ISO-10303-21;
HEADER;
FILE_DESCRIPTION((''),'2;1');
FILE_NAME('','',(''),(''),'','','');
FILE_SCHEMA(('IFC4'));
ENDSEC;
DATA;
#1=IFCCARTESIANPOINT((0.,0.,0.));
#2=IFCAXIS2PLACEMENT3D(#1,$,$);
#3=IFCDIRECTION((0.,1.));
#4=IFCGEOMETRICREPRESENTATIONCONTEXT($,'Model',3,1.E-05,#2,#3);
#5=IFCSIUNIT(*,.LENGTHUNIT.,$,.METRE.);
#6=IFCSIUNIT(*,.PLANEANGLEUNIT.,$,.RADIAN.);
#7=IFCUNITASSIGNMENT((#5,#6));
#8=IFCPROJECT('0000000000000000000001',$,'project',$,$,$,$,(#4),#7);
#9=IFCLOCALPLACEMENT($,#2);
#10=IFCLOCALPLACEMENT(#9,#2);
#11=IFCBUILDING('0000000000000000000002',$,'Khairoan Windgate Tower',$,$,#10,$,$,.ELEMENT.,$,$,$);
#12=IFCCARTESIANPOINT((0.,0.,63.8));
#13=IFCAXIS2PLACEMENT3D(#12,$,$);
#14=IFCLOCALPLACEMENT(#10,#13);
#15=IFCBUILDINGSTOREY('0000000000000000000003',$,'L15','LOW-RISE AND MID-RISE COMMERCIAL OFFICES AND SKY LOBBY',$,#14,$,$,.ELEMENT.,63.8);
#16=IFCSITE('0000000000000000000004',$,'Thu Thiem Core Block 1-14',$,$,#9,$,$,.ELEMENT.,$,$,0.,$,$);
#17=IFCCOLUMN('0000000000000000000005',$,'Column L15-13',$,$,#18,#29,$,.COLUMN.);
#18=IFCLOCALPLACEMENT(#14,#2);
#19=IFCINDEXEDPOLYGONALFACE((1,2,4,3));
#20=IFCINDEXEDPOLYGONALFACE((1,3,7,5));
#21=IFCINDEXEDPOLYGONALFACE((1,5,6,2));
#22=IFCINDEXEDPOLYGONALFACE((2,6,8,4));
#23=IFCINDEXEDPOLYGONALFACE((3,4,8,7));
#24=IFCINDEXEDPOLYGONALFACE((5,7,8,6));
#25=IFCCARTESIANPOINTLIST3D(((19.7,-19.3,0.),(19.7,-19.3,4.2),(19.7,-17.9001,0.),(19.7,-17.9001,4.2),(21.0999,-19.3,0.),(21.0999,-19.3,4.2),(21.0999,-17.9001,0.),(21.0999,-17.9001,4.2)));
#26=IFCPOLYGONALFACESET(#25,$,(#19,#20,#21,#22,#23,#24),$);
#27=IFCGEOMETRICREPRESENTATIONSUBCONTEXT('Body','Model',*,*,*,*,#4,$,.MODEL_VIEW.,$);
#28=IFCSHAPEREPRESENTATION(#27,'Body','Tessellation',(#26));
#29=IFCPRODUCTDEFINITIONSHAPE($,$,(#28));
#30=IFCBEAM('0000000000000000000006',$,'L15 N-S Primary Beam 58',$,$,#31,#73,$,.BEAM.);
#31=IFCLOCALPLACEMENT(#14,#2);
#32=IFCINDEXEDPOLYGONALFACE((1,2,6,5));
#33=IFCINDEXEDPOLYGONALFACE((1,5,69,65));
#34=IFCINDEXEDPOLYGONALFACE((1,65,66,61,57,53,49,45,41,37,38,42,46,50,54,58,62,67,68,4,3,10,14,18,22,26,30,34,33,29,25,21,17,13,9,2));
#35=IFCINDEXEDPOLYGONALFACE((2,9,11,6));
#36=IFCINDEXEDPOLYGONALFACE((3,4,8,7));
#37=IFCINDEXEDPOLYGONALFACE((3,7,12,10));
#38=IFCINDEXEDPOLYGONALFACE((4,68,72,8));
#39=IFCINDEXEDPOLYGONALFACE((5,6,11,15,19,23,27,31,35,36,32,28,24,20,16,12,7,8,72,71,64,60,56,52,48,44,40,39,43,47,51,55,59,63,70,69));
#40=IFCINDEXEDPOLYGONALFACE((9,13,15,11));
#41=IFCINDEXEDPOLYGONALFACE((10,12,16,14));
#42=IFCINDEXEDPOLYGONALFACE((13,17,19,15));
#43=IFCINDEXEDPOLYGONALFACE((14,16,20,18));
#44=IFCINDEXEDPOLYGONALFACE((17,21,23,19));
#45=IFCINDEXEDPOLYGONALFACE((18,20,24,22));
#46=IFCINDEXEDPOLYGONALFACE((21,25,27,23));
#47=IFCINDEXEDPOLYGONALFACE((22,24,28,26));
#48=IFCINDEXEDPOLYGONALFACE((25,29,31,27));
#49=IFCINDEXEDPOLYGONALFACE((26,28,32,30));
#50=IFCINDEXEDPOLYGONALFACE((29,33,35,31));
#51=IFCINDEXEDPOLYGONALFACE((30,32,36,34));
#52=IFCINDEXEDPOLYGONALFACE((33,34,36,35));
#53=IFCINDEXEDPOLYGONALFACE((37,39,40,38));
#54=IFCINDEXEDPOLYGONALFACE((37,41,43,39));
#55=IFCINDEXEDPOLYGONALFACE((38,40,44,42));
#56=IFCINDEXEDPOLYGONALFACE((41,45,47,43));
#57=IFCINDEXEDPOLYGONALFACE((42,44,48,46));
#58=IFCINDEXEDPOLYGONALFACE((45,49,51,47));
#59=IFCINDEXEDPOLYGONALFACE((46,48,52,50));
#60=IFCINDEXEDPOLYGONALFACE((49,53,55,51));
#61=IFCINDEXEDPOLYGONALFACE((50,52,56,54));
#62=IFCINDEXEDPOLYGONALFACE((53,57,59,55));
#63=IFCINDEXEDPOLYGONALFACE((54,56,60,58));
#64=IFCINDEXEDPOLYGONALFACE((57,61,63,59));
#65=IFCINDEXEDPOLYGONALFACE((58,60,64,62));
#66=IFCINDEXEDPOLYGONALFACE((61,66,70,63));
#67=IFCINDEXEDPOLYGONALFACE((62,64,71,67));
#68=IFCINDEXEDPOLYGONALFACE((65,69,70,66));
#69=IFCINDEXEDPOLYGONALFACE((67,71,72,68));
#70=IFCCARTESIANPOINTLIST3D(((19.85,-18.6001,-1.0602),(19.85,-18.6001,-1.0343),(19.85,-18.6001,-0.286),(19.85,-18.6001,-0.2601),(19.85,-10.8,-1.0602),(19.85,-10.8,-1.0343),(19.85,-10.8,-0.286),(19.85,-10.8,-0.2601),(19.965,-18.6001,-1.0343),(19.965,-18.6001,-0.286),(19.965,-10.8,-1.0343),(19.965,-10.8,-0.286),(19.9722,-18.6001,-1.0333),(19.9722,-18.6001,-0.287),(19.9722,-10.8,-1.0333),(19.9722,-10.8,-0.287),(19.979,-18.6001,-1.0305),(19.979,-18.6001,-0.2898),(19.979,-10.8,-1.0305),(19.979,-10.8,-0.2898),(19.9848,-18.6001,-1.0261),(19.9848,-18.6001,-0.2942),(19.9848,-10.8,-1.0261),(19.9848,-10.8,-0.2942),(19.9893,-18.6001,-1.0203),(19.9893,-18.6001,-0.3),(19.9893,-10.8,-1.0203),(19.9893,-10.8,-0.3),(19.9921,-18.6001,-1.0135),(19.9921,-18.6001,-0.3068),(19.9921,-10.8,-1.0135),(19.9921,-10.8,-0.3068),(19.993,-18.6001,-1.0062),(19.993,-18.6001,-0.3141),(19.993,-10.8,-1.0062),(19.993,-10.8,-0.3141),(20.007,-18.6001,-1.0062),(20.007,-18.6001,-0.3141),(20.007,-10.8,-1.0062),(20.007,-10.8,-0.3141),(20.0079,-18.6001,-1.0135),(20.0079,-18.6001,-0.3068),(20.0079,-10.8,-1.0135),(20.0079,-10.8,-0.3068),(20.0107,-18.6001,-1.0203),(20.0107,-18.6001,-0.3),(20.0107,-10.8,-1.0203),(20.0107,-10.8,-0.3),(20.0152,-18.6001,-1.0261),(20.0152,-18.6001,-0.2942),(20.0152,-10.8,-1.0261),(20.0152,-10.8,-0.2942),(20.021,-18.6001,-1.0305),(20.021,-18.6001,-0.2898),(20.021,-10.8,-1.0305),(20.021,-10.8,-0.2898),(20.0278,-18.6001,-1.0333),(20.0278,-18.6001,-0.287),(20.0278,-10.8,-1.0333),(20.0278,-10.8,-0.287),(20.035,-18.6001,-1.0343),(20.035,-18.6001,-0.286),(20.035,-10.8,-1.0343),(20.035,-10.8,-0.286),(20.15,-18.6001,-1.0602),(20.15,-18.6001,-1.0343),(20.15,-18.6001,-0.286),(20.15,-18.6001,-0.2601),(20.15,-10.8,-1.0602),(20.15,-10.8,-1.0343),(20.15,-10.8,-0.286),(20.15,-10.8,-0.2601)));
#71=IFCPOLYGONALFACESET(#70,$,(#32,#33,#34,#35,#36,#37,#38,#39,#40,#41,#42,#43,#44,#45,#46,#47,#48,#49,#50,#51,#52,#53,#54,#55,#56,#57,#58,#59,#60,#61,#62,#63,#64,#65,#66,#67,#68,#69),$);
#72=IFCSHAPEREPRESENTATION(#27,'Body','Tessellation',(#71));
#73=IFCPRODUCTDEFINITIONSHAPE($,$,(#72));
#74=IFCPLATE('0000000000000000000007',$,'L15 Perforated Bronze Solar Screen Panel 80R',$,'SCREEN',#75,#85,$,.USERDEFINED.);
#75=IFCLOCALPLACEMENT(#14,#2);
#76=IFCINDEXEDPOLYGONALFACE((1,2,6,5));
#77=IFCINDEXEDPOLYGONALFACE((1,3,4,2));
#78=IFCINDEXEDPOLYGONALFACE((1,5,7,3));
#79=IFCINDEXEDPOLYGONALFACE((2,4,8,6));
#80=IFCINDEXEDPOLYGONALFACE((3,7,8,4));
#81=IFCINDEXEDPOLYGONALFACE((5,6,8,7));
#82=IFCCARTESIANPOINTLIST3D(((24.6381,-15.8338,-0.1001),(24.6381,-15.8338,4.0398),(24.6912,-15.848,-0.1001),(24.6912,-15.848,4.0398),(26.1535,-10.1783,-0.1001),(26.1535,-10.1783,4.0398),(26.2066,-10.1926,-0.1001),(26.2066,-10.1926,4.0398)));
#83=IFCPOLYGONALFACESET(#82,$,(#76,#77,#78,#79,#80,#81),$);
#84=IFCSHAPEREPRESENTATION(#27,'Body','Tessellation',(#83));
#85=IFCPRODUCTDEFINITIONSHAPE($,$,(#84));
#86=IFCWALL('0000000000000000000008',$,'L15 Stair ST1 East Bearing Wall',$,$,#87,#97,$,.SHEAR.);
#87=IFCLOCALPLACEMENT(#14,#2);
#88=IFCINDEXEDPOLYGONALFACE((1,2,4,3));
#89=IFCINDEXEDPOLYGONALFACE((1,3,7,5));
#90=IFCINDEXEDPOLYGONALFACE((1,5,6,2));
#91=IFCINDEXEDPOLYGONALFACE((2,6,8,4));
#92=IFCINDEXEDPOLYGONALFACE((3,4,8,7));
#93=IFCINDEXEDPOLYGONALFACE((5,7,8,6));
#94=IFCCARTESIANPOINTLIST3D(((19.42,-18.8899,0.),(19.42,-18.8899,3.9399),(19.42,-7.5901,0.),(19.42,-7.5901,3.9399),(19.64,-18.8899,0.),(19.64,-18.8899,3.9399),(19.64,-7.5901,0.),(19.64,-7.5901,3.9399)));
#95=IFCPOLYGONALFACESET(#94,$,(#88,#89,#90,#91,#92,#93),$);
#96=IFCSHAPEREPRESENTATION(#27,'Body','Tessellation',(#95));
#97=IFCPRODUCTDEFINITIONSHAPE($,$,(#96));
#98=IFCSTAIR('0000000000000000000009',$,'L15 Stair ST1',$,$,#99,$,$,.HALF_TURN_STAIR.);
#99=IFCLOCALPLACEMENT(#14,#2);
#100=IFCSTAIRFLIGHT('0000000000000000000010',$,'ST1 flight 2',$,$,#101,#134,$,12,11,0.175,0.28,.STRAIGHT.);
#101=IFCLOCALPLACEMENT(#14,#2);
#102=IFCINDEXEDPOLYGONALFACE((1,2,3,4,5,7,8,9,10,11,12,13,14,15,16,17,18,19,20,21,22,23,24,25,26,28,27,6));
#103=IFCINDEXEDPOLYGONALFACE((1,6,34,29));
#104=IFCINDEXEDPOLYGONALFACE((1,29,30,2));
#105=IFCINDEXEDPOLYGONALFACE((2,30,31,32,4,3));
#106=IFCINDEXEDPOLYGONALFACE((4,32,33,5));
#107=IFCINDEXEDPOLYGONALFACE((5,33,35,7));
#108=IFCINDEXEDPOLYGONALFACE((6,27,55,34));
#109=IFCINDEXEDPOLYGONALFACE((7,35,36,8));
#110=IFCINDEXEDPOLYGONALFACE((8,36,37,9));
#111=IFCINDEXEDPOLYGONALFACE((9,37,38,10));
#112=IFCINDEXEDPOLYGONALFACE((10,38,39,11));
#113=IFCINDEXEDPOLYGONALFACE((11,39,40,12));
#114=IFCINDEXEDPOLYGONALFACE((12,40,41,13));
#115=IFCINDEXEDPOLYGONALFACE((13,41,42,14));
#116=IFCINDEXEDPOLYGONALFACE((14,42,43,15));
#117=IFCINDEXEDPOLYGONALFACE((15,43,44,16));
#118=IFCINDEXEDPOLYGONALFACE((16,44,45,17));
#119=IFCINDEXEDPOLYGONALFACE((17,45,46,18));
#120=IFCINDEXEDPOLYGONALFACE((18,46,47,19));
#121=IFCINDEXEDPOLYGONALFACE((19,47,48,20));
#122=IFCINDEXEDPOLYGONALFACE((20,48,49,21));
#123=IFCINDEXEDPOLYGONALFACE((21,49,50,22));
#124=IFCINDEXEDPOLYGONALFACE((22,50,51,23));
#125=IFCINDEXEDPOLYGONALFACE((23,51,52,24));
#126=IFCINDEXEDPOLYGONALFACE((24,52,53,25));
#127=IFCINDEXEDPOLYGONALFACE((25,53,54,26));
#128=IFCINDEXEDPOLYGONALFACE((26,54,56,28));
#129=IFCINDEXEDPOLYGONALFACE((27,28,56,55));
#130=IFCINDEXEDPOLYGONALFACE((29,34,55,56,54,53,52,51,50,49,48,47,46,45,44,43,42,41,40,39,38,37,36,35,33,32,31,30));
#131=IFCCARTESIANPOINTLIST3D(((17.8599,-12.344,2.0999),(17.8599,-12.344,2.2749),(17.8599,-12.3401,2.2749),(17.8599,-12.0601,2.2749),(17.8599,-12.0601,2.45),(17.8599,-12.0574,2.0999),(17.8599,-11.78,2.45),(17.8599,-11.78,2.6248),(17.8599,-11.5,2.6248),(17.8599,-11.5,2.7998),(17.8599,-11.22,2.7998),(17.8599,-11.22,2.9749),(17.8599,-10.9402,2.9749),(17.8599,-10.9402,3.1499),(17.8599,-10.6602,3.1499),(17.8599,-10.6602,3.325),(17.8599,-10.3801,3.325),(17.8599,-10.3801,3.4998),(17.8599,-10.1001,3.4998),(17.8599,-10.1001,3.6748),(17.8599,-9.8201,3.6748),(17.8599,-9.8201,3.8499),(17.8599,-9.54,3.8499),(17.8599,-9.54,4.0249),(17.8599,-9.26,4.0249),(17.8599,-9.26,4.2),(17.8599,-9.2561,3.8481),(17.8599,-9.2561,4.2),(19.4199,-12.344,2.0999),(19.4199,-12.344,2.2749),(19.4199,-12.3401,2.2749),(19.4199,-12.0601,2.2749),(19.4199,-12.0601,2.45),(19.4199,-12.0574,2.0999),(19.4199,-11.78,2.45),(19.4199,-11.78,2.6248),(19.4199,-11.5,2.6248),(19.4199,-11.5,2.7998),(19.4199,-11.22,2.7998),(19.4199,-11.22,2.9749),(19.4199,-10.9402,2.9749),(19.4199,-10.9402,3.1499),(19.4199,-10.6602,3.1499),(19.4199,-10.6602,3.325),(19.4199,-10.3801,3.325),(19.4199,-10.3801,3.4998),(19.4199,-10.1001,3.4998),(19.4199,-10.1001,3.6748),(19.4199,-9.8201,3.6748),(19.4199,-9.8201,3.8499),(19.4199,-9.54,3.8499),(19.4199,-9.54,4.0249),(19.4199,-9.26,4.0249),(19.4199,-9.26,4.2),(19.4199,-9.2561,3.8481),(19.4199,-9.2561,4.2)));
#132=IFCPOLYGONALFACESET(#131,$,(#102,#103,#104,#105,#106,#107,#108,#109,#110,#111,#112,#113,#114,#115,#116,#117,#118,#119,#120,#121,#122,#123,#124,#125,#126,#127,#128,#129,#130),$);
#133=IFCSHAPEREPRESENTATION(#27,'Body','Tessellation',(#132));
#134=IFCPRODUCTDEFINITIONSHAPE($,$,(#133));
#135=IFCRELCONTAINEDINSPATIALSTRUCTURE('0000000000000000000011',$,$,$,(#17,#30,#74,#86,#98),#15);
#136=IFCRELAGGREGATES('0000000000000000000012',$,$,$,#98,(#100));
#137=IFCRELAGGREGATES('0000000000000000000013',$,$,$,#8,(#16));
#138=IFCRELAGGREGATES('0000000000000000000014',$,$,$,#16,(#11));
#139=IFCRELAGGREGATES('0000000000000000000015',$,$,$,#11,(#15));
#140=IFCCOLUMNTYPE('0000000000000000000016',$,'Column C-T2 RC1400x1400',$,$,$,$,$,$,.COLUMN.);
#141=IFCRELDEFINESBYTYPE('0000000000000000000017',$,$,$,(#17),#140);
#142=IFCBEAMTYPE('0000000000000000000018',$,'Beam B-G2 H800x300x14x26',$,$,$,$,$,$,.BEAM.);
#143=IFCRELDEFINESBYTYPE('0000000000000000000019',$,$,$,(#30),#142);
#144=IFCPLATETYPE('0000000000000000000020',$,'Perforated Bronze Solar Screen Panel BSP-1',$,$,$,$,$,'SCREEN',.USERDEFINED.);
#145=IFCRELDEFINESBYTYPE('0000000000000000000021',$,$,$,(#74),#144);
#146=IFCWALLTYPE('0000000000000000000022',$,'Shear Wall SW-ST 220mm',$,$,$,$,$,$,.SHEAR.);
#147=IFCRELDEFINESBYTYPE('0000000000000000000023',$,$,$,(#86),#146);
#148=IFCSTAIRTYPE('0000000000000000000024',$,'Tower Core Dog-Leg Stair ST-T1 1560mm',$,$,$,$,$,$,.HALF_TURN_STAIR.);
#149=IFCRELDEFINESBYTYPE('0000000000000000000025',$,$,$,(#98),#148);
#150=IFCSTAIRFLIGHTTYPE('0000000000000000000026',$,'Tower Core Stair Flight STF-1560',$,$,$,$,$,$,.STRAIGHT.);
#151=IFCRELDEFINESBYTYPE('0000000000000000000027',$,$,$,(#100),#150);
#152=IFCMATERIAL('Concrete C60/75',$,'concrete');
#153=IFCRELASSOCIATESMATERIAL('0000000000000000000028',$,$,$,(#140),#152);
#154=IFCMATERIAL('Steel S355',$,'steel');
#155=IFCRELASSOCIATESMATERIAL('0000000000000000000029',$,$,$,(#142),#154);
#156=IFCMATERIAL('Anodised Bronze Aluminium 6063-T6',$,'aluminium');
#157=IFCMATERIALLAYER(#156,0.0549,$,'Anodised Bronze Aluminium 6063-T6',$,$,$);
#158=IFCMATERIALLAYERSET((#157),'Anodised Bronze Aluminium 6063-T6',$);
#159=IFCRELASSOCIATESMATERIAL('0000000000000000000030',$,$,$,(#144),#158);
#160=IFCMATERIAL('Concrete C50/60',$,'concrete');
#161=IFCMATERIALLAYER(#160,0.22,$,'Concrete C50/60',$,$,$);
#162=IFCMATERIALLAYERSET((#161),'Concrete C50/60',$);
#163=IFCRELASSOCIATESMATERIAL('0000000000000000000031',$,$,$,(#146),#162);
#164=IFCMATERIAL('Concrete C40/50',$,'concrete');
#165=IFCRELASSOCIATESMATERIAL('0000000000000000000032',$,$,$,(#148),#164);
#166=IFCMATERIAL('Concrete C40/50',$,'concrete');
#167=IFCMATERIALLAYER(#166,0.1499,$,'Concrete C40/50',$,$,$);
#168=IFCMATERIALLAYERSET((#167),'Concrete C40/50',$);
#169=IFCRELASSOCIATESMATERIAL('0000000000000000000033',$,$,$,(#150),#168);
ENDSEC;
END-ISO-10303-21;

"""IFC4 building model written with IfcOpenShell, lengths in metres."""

from ifc_helpers import new_model, si_unit, direction, frame, frame_2d, origin, origin_2d, place, context, subcontext, project, spatial, polyline, rectangle, i_section, outline, extrude, material, layer, layer_set, material_profile, profile_set, type_object, element, aggregate, save


model = new_model("IFC4")

# Units and contexts
model_context = context("Model", 3, precision=1e-05, world=origin(), true_north=direction((0.0, 1.0)))
body_context = subcontext(model_context, "Body", "Model", "MODEL_VIEW")
ifc_project = project(units=[si_unit("LENGTHUNIT", "METRE"), si_unit("PLANEANGLEUNIT", "RADIAN")], contexts=[model_context])

# Site, building, storey
site_placement = place(None, origin())
site = spatial("IfcSite", under=ifc_project, at=site_placement, Name="Thu Thiem Core Block 1-14", CompositionType="ELEMENT", RefElevation=0.0)
building_placement = place(site_placement, origin())
building = spatial("IfcBuilding", under=site, at=building_placement, Name="Khairoan Windgate Tower", CompositionType="ELEMENT")
storey_placement = place(building_placement, frame((0.0, 0.0, 63.8)))
storey = spatial("IfcBuildingStorey", under=building, at=storey_placement, Name="L15", Description="LOW-RISE AND MID-RISE COMMERCIAL OFFICES AND SKY LOBBY", CompositionType="ELEMENT", Elevation=63.8)

# Column
ifc_material_1 = material(Name="Concrete C60/75", Category="concrete")
ifc_material_profile_1 = material_profile(ifc_material_1, rectangle(XDim=1.3999, YDim=1.3999, at=origin_2d()))
ifc_profile_set_1 = profile_set([ifc_material_profile_1], Name="Concrete C60/75")
column_type = type_object("IfcColumnType", Name="Column C-T2 RC1400x1400", PredefinedType="COLUMN", material=ifc_profile_set_1)
column_placement = place(storey_placement, frame((20.3999, -18.6001, 0.0), z_axis=(0.0, 0.0, 1.0), x_axis=(1.0, 0.0, 0.0)))
element("IfcColumn", 1, at=column_placement, inside=storey, type_object=column_type, Name="Column L15-13", PredefinedType="COLUMN", context=body_context, shape_type="SweptSolid", body=[
    extrude(rectangle(XDim=1.3999, YDim=1.3999, at=origin_2d()), origin(), (0.0, 0.0, 1.0), 4.2),
])

# Beam
ifc_material_2 = material(Name="Steel S355", Category="steel")
ifc_material_profile_2 = material_profile(ifc_material_2, i_section(OverallWidth=0.3, OverallDepth=0.8, WebThickness=0.0139, FlangeThickness=0.0259, FilletRadius=0.0281, at=origin_2d()))
ifc_profile_set_2 = profile_set([ifc_material_profile_2], Name="Steel S355")
beam_type = type_object("IfcBeamType", Name="Beam B-G2 H800x300x14x26", PredefinedType="BEAM", material=ifc_profile_set_2)
beam_placement = place(storey_placement, frame((20.0, -18.6001, -0.6602), z_axis=(0.0, 1.0, 0.0), x_axis=(-1.0, 0.0, 0.0)))
element("IfcBeam", 2, at=beam_placement, inside=storey, type_object=beam_type, Name="L15 N-S Primary Beam 58", PredefinedType="BEAM", context=body_context, shape_type="SweptSolid", body=[
    extrude(i_section(OverallWidth=0.3, OverallDepth=0.8, WebThickness=0.0139, FlangeThickness=0.0259, FilletRadius=0.0281, at=origin_2d()), origin(), (0.0, 0.0, 1.0), 7.8),
])

# Plate
ifc_material_3 = material(Name="Anodised Bronze Aluminium 6063-T6", Category="aluminium")
ifc_layer_1 = layer(ifc_material_3, 0.0549, Name="Anodised Bronze Aluminium 6063-T6")
ifc_layer_set_1 = layer_set([ifc_layer_1], Name="Anodised Bronze Aluminium 6063-T6")
plate_type = type_object("IfcPlateType", Name="Perforated Bronze Solar Screen Panel BSP-1", ElementType="SCREEN", PredefinedType="USERDEFINED", material=ifc_layer_set_1)
plate_placement = place(storey_placement, frame((25.4224, -13.0132, -0.1001), z_axis=(0.0, 0.0, 1.0), x_axis=(-0.258819, -0.965926, 0.0)))
element("IfcPlate", 3, at=plate_placement, inside=storey, type_object=plate_type, Name="L15 Perforated Bronze Solar Screen Panel 80R", ObjectType="SCREEN", PredefinedType="USERDEFINED", context=body_context, shape_type="SweptSolid", body=[
    extrude(rectangle(XDim=5.855, YDim=0.0549, at=origin_2d()), origin(), (0.0, 0.0, 1.0), 4.1399),
])

# Wall
ifc_material_4 = material(Name="Concrete C50/60", Category="concrete")
ifc_layer_2 = layer(ifc_material_4, 0.22, Name="Concrete C50/60")
ifc_layer_set_2 = layer_set([ifc_layer_2], Name="Concrete C50/60")
wall_type = type_object("IfcWallType", Name="Shear Wall SW-ST 220mm", PredefinedType="SHEAR", material=ifc_layer_set_2)
wall_placement = place(storey_placement, frame((19.53, -18.8899, 0.0), z_axis=(0.0, 0.0, 1.0), x_axis=(0.0, 1.0, 0.0)))
element("IfcWall", 4, at=wall_placement, inside=storey, type_object=wall_type, Name="L15 Stair ST1 East Bearing Wall", PredefinedType="SHEAR", context=body_context, shape_type="SweptSolid", body=[
    extrude(rectangle(XDim=11.2998, YDim=0.22, at=frame_2d((5.6499, 0.0))), origin(), (0.0, 0.0, 1.0), 3.9399),
])

# Stair, stair flight
ifc_material_5 = material(Name="Concrete C40/50", Category="concrete")
stair_type = type_object("IfcStairType", Name="Tower Core Dog-Leg Stair ST-T1 1560mm", PredefinedType="HALF_TURN_STAIR", material=ifc_material_5)
stair_placement = place(storey_placement, origin())
stair = element("IfcStair", 5, at=stair_placement, inside=storey, type_object=stair_type, Name="L15 Stair ST1", PredefinedType="HALF_TURN_STAIR")
ifc_material_6 = material(Name="Concrete C40/50", Category="concrete")
ifc_layer_3 = layer(ifc_material_6, 0.1499, Name="Concrete C40/50")
ifc_layer_set_3 = layer_set([ifc_layer_3], Name="Concrete C40/50")
stair_flight_type = type_object("IfcStairFlightType", Name="Tower Core Stair Flight STF-1560", PredefinedType="STRAIGHT", material=ifc_layer_set_3)
stair_flight_placement = place(storey_placement, frame((18.6399, -12.3401, 2.0999), z_axis=(0.0, 0.0, 1.0), x_axis=(0.0, 1.0, 0.0)))
stair_flight = element("IfcStairFlight", 6, at=stair_flight_placement, type_object=stair_flight_type, Name="ST1 flight 2", NumberOfRisers=12, NumberOfTreads=11, PredefinedType="STRAIGHT", RiserHeight=0.175, TreadLength=0.28, context=body_context, shape_type="SweptSolid", body=[
    extrude(outline(polyline([(-0.0039, 0.0), (-0.0039, 0.175), (0.0, 0.175), (0.28, 0.175), (0.28, 0.3501), (0.5601, 0.3501), (0.5601, 0.5249), (0.8401, 0.5249), (0.8401, 0.7), (1.1201, 0.7), (1.1201, 0.875), (1.3999, 0.875), (1.3999, 1.05), (1.6799, 1.05), (1.6799, 1.2251), (1.96, 1.2251), (1.96, 1.3999), (2.24, 1.3999), (2.24, 1.575), (2.52, 1.575), (2.52, 1.75), (2.8, 1.75), (2.8, 1.925), (3.0801, 1.925), (3.0801, 2.1001), (3.084, 2.1001), (3.084, 1.7483), (0.2827, 0.0), (-0.0039, 0.0)])), frame((0.0, 0.78, 0.0), z_axis=(0.0, -1.0, 0.0), x_axis=(1.0, 0.0, 0.0)), (0.0, 0.0, 1.0), 1.5601),
])
aggregate(stair, [stair_flight])

save(model, "model.ifc")
